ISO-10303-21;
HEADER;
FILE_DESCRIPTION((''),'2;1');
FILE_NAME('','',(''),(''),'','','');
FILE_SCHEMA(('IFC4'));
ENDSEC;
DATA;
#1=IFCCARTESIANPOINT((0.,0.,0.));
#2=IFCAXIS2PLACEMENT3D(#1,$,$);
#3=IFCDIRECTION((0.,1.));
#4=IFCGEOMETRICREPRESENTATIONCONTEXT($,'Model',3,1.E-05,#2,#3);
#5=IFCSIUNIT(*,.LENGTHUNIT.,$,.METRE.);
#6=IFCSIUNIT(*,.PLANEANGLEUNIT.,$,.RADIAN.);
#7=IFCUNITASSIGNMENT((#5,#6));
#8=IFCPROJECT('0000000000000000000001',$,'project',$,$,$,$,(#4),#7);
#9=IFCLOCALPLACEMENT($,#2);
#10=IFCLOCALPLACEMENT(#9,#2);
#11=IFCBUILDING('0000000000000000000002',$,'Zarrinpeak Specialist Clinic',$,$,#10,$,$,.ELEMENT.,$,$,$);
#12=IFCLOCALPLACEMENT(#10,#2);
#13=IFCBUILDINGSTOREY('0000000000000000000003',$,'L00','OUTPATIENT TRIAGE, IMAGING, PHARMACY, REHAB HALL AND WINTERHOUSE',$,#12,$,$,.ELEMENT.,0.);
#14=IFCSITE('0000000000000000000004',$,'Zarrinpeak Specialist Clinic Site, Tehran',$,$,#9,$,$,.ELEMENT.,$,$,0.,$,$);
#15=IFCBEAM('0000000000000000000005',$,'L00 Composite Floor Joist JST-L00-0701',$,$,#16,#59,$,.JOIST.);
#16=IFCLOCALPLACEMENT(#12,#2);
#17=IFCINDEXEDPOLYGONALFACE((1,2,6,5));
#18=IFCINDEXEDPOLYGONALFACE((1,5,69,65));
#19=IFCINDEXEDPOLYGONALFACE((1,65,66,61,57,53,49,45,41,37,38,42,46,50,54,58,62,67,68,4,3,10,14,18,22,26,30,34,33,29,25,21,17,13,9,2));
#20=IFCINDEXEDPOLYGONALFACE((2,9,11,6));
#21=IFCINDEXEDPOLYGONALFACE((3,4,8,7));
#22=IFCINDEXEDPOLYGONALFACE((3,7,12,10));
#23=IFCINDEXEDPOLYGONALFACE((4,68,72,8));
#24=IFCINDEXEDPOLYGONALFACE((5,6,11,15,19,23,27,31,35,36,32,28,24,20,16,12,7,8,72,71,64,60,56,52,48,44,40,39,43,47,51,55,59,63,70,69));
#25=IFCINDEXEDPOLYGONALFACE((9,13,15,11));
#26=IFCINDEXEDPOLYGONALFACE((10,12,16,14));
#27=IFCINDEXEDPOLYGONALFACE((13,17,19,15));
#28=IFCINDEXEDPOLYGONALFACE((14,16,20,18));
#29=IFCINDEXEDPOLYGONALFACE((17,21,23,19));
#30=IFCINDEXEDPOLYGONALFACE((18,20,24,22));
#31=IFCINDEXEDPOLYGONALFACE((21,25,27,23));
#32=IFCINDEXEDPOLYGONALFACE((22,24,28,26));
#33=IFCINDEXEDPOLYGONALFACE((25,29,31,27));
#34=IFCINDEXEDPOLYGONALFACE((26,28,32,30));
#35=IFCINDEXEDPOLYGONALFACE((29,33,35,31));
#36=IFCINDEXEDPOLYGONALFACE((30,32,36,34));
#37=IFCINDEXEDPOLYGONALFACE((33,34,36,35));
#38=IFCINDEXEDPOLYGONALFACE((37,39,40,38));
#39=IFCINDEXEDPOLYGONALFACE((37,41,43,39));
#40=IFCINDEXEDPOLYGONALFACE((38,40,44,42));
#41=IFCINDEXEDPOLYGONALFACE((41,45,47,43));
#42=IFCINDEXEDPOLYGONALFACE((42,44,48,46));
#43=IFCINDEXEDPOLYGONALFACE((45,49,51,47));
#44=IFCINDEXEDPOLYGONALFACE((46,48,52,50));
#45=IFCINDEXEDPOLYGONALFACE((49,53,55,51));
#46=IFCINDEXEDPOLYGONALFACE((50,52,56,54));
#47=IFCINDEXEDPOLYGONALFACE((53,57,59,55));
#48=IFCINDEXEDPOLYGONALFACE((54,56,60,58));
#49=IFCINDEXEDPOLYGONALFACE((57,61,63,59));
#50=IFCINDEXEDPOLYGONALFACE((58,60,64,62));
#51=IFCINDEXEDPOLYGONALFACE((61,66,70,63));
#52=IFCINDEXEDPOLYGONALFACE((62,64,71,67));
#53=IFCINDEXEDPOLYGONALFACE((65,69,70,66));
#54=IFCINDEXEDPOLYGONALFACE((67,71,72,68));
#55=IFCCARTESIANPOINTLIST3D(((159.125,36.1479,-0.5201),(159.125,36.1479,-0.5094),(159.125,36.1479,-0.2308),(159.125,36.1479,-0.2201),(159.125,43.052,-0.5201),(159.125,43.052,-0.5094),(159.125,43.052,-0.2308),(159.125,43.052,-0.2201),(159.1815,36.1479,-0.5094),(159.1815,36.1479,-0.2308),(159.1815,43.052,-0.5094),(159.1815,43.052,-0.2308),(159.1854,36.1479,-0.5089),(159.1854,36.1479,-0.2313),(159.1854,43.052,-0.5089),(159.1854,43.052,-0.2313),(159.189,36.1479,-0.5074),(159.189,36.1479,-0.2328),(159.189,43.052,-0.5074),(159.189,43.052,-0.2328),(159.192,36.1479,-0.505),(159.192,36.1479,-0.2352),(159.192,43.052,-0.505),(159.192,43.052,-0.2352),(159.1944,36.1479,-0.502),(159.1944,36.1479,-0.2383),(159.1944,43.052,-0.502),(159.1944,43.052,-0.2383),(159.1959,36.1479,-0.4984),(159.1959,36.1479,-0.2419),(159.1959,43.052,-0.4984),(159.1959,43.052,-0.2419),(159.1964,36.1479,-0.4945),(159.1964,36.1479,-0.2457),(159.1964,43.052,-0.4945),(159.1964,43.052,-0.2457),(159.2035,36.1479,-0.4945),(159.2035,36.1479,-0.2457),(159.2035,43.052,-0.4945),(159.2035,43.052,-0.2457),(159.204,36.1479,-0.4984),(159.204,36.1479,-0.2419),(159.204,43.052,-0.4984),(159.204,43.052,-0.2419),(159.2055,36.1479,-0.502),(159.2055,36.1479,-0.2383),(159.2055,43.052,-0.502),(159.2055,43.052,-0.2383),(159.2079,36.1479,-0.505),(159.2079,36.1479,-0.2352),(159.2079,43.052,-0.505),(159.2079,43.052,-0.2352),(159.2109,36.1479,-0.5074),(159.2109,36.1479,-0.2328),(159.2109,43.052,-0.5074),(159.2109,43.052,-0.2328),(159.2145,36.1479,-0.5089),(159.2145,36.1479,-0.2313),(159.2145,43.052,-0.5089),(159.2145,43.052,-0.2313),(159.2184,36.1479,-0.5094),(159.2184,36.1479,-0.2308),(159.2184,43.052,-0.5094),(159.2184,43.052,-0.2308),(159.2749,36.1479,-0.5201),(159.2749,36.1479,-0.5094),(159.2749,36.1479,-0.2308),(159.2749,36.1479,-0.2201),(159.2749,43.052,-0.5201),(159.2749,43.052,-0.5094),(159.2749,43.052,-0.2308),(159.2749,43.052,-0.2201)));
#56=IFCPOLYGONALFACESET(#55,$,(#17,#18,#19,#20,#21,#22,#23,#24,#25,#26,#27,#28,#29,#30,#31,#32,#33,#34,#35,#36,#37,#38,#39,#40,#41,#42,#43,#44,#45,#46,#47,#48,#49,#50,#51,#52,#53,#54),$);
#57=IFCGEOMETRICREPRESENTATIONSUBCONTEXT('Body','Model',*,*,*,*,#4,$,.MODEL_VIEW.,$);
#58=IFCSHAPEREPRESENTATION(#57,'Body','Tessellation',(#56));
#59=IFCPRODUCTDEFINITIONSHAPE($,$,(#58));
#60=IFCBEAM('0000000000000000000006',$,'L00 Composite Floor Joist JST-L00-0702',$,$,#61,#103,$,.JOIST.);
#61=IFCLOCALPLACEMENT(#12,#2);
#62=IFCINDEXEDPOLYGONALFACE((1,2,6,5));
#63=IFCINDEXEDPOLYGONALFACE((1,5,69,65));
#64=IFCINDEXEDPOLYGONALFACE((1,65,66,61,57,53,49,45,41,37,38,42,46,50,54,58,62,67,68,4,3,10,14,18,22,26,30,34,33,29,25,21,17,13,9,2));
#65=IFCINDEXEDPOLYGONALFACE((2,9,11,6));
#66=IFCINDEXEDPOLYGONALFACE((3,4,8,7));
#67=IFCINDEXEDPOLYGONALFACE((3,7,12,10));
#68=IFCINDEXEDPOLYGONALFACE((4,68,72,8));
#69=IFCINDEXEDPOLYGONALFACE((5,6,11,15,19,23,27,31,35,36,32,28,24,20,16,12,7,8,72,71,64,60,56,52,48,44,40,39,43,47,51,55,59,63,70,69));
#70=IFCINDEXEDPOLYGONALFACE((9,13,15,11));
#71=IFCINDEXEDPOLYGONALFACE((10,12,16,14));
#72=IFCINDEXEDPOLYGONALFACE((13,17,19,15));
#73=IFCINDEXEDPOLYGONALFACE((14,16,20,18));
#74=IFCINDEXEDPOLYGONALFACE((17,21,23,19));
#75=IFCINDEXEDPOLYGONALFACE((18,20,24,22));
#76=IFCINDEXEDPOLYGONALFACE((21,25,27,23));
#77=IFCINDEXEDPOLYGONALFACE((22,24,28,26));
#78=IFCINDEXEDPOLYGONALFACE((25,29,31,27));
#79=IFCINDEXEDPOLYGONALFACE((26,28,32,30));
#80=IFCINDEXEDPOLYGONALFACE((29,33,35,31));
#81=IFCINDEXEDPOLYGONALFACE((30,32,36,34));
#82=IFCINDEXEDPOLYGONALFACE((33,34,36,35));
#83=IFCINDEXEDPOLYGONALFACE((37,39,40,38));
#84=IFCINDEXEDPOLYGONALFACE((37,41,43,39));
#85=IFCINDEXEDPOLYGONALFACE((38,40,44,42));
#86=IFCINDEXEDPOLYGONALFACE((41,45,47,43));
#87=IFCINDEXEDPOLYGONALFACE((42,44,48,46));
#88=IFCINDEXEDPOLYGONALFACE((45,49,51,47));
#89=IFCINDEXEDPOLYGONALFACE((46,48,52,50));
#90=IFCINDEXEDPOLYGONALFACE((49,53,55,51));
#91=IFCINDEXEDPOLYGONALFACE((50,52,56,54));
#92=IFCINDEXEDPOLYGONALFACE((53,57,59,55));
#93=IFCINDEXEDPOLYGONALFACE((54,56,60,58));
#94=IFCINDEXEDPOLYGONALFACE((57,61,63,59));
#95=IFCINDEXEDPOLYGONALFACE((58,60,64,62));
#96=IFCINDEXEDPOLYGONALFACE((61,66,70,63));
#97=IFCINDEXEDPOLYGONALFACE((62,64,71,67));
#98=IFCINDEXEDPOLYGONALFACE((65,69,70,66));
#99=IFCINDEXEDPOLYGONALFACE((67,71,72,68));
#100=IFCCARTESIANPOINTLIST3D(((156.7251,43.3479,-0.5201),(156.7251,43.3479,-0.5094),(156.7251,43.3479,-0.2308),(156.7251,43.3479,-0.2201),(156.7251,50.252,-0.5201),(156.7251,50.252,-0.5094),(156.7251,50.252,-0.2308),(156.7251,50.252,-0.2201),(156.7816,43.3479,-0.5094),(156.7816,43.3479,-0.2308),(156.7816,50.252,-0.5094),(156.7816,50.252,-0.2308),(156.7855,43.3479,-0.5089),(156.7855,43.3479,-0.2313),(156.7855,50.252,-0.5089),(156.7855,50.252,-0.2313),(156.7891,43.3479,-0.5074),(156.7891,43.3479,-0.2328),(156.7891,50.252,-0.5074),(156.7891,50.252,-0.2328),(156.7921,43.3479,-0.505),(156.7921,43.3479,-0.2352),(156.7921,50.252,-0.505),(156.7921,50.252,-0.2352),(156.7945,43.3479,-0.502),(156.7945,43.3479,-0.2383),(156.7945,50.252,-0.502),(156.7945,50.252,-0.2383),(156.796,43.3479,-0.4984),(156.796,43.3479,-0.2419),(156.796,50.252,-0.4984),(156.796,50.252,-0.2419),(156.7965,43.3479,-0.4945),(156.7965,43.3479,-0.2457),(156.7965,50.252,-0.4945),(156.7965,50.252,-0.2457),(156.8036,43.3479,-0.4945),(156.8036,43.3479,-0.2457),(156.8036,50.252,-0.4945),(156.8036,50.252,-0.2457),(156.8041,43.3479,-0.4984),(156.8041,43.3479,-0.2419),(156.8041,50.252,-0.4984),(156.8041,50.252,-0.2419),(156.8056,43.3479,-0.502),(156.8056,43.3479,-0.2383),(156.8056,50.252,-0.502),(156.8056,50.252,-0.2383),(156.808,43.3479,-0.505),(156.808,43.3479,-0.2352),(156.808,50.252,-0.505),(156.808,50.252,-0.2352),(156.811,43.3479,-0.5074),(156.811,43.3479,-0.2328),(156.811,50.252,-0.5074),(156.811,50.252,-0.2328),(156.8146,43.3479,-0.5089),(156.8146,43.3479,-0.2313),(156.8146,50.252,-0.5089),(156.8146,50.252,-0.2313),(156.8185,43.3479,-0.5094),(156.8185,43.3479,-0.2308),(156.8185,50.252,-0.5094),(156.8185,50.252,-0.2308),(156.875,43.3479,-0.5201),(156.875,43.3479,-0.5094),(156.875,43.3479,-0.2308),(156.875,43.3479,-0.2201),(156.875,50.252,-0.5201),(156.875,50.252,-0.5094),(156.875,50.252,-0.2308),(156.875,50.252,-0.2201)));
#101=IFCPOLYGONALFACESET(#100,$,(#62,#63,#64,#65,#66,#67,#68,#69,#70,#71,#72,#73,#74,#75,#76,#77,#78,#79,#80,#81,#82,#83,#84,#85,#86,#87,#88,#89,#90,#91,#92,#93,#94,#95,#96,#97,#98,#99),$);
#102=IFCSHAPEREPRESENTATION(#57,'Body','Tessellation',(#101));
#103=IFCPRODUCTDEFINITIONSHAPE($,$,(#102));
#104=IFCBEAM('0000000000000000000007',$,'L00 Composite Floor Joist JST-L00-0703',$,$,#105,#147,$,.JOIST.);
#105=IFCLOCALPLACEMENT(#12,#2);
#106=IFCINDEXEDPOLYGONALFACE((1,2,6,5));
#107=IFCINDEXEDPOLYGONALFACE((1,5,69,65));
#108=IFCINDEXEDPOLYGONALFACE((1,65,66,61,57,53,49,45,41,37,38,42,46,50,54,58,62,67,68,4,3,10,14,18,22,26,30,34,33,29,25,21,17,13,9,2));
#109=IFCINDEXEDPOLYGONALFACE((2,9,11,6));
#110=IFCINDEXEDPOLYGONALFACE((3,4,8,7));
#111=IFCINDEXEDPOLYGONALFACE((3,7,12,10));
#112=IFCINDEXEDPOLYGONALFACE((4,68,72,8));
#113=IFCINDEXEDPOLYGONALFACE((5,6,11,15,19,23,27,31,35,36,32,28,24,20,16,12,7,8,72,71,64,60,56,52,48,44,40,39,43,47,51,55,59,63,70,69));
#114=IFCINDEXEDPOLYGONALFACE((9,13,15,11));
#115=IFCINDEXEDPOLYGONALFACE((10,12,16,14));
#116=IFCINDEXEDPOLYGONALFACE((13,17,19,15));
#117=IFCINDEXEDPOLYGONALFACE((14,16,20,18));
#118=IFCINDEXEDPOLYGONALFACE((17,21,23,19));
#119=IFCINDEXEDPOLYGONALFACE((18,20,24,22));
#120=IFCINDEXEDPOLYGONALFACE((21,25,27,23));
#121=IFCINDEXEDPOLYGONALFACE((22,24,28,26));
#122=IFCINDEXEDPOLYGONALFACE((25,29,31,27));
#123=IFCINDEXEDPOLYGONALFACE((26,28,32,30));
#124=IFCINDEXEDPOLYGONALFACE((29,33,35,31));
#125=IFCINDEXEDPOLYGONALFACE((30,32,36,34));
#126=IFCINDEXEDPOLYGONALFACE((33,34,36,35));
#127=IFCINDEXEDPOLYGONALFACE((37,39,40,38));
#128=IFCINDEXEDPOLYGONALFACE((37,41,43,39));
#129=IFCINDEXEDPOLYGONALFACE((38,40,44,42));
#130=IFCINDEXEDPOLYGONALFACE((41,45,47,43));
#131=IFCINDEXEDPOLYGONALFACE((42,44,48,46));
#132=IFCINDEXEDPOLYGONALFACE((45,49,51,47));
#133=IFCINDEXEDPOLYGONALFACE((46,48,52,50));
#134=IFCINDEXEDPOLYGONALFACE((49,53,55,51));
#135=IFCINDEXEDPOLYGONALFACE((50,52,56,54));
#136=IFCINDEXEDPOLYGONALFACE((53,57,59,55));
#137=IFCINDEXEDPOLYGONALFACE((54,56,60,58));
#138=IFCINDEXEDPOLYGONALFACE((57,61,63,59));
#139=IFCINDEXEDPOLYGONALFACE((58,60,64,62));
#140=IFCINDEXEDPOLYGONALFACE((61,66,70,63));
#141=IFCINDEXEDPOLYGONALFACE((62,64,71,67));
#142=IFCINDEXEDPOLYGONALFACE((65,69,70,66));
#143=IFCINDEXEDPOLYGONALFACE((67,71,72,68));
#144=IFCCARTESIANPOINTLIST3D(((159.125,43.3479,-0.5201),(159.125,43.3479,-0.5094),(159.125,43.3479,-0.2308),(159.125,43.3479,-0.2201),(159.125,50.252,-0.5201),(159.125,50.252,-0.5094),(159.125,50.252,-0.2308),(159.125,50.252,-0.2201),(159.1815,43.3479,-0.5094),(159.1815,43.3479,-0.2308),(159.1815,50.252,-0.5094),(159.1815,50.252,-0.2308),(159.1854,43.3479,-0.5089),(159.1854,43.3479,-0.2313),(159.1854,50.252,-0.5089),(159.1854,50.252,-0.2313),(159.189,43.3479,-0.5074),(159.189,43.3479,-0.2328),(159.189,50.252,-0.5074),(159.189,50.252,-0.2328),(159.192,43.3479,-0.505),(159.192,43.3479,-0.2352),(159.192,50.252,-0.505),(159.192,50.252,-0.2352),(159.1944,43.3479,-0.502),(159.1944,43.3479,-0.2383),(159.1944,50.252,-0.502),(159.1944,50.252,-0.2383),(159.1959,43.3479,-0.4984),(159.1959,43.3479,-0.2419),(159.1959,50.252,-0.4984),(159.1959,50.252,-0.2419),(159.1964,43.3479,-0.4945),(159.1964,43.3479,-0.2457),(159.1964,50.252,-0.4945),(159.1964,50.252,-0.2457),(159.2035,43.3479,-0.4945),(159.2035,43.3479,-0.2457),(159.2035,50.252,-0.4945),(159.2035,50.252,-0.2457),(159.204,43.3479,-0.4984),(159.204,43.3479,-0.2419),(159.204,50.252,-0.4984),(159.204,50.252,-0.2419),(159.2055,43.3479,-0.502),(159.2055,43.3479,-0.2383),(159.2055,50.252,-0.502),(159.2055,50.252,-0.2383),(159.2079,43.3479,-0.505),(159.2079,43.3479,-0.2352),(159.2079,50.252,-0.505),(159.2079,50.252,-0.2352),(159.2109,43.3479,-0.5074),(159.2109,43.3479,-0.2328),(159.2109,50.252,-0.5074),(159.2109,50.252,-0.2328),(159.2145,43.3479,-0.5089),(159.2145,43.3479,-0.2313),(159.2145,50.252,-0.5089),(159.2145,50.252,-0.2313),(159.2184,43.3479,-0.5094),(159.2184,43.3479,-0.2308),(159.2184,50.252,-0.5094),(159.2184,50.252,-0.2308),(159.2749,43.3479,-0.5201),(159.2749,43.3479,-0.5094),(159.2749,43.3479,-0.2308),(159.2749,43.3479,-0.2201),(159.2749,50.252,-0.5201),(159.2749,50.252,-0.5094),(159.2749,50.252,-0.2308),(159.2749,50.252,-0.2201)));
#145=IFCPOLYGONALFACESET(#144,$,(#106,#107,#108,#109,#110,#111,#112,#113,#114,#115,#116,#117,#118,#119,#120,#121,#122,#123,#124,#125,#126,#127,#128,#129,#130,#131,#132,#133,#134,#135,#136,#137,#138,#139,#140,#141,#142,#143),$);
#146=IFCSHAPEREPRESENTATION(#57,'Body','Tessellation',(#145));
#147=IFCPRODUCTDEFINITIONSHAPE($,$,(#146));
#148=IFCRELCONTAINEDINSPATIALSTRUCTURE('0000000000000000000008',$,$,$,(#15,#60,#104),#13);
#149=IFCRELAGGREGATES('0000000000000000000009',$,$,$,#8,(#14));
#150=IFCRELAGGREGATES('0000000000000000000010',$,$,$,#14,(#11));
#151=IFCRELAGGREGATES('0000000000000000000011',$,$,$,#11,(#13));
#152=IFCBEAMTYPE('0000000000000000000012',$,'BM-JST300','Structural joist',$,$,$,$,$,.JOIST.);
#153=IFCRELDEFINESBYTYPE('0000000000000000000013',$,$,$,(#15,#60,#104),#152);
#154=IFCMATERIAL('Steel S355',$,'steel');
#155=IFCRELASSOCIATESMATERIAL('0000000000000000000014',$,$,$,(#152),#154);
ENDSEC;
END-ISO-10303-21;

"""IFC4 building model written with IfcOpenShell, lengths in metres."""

from ifc_helpers import new_model, si_unit, direction, frame, origin, origin_2d, place, context, subcontext, project, spatial, i_section, extrude, material, material_profile, profile_set, type_object, element, save


model = new_model("IFC4")

# Units and contexts
model_context = context("Model", 3, precision=1e-05, world=origin(), true_north=direction((0.0, 1.0)))
body_context = subcontext(model_context, "Body", "Model", "MODEL_VIEW")
ifc_project = project(units=[si_unit("LENGTHUNIT", "METRE"), si_unit("PLANEANGLEUNIT", "RADIAN")], contexts=[model_context])

# Site, building, storey
site_placement = place(None, origin())
site = spatial("IfcSite", under=ifc_project, at=site_placement, Name="Zarrinpeak Specialist Clinic Site, Tehran", CompositionType="ELEMENT", RefElevation=0.0)
building_placement = place(site_placement, origin())
building = spatial("IfcBuilding", under=site, at=building_placement, Name="Zarrinpeak Specialist Clinic", CompositionType="ELEMENT")
storey_placement = place(building_placement, origin())
storey = spatial("IfcBuildingStorey", under=building, at=storey_placement, Name="L00", Description="OUTPATIENT TRIAGE, IMAGING, PHARMACY, REHAB HALL AND WINTERHOUSE", CompositionType="ELEMENT", Elevation=0.0)

# Beams
ifc_material = material(Name="Steel S355", Category="steel")
ifc_material_profile_1 = material_profile(ifc_material, i_section(OverallWidth=0.1499, OverallDepth=0.3, WebThickness=0.0071, FlangeThickness=0.0107, FilletRadius=0.0149, at=origin_2d()), Name="IPE 300")
ifc_profile_set_1 = profile_set([ifc_material_profile_1], Name="Steel S355")
beam_type_1 = type_object("IfcBeamType", Name="BM-JST300", Description="Structural joist", PredefinedType="JOIST", material=ifc_profile_set_1)
for number, where, z_axis, x_axis, name in (
    (1, (159.2, 36.1479, -0.3701), (0.0, 1.0, 0.0), (-1.0, 0.0, 0.0), "L00 Composite Floor Joist JST-L00-0701"),
    (2, (156.8, 43.3479, -0.3701), (0.0, 1.0, 0.0), (-1.0, 0.0, 0.0), "L00 Composite Floor Joist JST-L00-0702"),
    (3, (159.2, 43.3479, -0.3701), (0.0, 1.0, 0.0), (-1.0, 0.0, 0.0), "L00 Composite Floor Joist JST-L00-0703"),
):
    element("IfcBeam", number, at=place(storey_placement, frame(where, z_axis=z_axis, x_axis=x_axis)), inside=storey, type_object=beam_type_1, Name=name, PredefinedType="JOIST", context=body_context, shape_type="SweptSolid", body=[
        extrude(i_section(OverallWidth=0.1499, OverallDepth=0.3, WebThickness=0.0071, FlangeThickness=0.0107, FilletRadius=0.0149, at=origin_2d()), origin(), (0.0, 0.0, 1.0), 6.9041),
    ])

save(model, "model.ifc")
